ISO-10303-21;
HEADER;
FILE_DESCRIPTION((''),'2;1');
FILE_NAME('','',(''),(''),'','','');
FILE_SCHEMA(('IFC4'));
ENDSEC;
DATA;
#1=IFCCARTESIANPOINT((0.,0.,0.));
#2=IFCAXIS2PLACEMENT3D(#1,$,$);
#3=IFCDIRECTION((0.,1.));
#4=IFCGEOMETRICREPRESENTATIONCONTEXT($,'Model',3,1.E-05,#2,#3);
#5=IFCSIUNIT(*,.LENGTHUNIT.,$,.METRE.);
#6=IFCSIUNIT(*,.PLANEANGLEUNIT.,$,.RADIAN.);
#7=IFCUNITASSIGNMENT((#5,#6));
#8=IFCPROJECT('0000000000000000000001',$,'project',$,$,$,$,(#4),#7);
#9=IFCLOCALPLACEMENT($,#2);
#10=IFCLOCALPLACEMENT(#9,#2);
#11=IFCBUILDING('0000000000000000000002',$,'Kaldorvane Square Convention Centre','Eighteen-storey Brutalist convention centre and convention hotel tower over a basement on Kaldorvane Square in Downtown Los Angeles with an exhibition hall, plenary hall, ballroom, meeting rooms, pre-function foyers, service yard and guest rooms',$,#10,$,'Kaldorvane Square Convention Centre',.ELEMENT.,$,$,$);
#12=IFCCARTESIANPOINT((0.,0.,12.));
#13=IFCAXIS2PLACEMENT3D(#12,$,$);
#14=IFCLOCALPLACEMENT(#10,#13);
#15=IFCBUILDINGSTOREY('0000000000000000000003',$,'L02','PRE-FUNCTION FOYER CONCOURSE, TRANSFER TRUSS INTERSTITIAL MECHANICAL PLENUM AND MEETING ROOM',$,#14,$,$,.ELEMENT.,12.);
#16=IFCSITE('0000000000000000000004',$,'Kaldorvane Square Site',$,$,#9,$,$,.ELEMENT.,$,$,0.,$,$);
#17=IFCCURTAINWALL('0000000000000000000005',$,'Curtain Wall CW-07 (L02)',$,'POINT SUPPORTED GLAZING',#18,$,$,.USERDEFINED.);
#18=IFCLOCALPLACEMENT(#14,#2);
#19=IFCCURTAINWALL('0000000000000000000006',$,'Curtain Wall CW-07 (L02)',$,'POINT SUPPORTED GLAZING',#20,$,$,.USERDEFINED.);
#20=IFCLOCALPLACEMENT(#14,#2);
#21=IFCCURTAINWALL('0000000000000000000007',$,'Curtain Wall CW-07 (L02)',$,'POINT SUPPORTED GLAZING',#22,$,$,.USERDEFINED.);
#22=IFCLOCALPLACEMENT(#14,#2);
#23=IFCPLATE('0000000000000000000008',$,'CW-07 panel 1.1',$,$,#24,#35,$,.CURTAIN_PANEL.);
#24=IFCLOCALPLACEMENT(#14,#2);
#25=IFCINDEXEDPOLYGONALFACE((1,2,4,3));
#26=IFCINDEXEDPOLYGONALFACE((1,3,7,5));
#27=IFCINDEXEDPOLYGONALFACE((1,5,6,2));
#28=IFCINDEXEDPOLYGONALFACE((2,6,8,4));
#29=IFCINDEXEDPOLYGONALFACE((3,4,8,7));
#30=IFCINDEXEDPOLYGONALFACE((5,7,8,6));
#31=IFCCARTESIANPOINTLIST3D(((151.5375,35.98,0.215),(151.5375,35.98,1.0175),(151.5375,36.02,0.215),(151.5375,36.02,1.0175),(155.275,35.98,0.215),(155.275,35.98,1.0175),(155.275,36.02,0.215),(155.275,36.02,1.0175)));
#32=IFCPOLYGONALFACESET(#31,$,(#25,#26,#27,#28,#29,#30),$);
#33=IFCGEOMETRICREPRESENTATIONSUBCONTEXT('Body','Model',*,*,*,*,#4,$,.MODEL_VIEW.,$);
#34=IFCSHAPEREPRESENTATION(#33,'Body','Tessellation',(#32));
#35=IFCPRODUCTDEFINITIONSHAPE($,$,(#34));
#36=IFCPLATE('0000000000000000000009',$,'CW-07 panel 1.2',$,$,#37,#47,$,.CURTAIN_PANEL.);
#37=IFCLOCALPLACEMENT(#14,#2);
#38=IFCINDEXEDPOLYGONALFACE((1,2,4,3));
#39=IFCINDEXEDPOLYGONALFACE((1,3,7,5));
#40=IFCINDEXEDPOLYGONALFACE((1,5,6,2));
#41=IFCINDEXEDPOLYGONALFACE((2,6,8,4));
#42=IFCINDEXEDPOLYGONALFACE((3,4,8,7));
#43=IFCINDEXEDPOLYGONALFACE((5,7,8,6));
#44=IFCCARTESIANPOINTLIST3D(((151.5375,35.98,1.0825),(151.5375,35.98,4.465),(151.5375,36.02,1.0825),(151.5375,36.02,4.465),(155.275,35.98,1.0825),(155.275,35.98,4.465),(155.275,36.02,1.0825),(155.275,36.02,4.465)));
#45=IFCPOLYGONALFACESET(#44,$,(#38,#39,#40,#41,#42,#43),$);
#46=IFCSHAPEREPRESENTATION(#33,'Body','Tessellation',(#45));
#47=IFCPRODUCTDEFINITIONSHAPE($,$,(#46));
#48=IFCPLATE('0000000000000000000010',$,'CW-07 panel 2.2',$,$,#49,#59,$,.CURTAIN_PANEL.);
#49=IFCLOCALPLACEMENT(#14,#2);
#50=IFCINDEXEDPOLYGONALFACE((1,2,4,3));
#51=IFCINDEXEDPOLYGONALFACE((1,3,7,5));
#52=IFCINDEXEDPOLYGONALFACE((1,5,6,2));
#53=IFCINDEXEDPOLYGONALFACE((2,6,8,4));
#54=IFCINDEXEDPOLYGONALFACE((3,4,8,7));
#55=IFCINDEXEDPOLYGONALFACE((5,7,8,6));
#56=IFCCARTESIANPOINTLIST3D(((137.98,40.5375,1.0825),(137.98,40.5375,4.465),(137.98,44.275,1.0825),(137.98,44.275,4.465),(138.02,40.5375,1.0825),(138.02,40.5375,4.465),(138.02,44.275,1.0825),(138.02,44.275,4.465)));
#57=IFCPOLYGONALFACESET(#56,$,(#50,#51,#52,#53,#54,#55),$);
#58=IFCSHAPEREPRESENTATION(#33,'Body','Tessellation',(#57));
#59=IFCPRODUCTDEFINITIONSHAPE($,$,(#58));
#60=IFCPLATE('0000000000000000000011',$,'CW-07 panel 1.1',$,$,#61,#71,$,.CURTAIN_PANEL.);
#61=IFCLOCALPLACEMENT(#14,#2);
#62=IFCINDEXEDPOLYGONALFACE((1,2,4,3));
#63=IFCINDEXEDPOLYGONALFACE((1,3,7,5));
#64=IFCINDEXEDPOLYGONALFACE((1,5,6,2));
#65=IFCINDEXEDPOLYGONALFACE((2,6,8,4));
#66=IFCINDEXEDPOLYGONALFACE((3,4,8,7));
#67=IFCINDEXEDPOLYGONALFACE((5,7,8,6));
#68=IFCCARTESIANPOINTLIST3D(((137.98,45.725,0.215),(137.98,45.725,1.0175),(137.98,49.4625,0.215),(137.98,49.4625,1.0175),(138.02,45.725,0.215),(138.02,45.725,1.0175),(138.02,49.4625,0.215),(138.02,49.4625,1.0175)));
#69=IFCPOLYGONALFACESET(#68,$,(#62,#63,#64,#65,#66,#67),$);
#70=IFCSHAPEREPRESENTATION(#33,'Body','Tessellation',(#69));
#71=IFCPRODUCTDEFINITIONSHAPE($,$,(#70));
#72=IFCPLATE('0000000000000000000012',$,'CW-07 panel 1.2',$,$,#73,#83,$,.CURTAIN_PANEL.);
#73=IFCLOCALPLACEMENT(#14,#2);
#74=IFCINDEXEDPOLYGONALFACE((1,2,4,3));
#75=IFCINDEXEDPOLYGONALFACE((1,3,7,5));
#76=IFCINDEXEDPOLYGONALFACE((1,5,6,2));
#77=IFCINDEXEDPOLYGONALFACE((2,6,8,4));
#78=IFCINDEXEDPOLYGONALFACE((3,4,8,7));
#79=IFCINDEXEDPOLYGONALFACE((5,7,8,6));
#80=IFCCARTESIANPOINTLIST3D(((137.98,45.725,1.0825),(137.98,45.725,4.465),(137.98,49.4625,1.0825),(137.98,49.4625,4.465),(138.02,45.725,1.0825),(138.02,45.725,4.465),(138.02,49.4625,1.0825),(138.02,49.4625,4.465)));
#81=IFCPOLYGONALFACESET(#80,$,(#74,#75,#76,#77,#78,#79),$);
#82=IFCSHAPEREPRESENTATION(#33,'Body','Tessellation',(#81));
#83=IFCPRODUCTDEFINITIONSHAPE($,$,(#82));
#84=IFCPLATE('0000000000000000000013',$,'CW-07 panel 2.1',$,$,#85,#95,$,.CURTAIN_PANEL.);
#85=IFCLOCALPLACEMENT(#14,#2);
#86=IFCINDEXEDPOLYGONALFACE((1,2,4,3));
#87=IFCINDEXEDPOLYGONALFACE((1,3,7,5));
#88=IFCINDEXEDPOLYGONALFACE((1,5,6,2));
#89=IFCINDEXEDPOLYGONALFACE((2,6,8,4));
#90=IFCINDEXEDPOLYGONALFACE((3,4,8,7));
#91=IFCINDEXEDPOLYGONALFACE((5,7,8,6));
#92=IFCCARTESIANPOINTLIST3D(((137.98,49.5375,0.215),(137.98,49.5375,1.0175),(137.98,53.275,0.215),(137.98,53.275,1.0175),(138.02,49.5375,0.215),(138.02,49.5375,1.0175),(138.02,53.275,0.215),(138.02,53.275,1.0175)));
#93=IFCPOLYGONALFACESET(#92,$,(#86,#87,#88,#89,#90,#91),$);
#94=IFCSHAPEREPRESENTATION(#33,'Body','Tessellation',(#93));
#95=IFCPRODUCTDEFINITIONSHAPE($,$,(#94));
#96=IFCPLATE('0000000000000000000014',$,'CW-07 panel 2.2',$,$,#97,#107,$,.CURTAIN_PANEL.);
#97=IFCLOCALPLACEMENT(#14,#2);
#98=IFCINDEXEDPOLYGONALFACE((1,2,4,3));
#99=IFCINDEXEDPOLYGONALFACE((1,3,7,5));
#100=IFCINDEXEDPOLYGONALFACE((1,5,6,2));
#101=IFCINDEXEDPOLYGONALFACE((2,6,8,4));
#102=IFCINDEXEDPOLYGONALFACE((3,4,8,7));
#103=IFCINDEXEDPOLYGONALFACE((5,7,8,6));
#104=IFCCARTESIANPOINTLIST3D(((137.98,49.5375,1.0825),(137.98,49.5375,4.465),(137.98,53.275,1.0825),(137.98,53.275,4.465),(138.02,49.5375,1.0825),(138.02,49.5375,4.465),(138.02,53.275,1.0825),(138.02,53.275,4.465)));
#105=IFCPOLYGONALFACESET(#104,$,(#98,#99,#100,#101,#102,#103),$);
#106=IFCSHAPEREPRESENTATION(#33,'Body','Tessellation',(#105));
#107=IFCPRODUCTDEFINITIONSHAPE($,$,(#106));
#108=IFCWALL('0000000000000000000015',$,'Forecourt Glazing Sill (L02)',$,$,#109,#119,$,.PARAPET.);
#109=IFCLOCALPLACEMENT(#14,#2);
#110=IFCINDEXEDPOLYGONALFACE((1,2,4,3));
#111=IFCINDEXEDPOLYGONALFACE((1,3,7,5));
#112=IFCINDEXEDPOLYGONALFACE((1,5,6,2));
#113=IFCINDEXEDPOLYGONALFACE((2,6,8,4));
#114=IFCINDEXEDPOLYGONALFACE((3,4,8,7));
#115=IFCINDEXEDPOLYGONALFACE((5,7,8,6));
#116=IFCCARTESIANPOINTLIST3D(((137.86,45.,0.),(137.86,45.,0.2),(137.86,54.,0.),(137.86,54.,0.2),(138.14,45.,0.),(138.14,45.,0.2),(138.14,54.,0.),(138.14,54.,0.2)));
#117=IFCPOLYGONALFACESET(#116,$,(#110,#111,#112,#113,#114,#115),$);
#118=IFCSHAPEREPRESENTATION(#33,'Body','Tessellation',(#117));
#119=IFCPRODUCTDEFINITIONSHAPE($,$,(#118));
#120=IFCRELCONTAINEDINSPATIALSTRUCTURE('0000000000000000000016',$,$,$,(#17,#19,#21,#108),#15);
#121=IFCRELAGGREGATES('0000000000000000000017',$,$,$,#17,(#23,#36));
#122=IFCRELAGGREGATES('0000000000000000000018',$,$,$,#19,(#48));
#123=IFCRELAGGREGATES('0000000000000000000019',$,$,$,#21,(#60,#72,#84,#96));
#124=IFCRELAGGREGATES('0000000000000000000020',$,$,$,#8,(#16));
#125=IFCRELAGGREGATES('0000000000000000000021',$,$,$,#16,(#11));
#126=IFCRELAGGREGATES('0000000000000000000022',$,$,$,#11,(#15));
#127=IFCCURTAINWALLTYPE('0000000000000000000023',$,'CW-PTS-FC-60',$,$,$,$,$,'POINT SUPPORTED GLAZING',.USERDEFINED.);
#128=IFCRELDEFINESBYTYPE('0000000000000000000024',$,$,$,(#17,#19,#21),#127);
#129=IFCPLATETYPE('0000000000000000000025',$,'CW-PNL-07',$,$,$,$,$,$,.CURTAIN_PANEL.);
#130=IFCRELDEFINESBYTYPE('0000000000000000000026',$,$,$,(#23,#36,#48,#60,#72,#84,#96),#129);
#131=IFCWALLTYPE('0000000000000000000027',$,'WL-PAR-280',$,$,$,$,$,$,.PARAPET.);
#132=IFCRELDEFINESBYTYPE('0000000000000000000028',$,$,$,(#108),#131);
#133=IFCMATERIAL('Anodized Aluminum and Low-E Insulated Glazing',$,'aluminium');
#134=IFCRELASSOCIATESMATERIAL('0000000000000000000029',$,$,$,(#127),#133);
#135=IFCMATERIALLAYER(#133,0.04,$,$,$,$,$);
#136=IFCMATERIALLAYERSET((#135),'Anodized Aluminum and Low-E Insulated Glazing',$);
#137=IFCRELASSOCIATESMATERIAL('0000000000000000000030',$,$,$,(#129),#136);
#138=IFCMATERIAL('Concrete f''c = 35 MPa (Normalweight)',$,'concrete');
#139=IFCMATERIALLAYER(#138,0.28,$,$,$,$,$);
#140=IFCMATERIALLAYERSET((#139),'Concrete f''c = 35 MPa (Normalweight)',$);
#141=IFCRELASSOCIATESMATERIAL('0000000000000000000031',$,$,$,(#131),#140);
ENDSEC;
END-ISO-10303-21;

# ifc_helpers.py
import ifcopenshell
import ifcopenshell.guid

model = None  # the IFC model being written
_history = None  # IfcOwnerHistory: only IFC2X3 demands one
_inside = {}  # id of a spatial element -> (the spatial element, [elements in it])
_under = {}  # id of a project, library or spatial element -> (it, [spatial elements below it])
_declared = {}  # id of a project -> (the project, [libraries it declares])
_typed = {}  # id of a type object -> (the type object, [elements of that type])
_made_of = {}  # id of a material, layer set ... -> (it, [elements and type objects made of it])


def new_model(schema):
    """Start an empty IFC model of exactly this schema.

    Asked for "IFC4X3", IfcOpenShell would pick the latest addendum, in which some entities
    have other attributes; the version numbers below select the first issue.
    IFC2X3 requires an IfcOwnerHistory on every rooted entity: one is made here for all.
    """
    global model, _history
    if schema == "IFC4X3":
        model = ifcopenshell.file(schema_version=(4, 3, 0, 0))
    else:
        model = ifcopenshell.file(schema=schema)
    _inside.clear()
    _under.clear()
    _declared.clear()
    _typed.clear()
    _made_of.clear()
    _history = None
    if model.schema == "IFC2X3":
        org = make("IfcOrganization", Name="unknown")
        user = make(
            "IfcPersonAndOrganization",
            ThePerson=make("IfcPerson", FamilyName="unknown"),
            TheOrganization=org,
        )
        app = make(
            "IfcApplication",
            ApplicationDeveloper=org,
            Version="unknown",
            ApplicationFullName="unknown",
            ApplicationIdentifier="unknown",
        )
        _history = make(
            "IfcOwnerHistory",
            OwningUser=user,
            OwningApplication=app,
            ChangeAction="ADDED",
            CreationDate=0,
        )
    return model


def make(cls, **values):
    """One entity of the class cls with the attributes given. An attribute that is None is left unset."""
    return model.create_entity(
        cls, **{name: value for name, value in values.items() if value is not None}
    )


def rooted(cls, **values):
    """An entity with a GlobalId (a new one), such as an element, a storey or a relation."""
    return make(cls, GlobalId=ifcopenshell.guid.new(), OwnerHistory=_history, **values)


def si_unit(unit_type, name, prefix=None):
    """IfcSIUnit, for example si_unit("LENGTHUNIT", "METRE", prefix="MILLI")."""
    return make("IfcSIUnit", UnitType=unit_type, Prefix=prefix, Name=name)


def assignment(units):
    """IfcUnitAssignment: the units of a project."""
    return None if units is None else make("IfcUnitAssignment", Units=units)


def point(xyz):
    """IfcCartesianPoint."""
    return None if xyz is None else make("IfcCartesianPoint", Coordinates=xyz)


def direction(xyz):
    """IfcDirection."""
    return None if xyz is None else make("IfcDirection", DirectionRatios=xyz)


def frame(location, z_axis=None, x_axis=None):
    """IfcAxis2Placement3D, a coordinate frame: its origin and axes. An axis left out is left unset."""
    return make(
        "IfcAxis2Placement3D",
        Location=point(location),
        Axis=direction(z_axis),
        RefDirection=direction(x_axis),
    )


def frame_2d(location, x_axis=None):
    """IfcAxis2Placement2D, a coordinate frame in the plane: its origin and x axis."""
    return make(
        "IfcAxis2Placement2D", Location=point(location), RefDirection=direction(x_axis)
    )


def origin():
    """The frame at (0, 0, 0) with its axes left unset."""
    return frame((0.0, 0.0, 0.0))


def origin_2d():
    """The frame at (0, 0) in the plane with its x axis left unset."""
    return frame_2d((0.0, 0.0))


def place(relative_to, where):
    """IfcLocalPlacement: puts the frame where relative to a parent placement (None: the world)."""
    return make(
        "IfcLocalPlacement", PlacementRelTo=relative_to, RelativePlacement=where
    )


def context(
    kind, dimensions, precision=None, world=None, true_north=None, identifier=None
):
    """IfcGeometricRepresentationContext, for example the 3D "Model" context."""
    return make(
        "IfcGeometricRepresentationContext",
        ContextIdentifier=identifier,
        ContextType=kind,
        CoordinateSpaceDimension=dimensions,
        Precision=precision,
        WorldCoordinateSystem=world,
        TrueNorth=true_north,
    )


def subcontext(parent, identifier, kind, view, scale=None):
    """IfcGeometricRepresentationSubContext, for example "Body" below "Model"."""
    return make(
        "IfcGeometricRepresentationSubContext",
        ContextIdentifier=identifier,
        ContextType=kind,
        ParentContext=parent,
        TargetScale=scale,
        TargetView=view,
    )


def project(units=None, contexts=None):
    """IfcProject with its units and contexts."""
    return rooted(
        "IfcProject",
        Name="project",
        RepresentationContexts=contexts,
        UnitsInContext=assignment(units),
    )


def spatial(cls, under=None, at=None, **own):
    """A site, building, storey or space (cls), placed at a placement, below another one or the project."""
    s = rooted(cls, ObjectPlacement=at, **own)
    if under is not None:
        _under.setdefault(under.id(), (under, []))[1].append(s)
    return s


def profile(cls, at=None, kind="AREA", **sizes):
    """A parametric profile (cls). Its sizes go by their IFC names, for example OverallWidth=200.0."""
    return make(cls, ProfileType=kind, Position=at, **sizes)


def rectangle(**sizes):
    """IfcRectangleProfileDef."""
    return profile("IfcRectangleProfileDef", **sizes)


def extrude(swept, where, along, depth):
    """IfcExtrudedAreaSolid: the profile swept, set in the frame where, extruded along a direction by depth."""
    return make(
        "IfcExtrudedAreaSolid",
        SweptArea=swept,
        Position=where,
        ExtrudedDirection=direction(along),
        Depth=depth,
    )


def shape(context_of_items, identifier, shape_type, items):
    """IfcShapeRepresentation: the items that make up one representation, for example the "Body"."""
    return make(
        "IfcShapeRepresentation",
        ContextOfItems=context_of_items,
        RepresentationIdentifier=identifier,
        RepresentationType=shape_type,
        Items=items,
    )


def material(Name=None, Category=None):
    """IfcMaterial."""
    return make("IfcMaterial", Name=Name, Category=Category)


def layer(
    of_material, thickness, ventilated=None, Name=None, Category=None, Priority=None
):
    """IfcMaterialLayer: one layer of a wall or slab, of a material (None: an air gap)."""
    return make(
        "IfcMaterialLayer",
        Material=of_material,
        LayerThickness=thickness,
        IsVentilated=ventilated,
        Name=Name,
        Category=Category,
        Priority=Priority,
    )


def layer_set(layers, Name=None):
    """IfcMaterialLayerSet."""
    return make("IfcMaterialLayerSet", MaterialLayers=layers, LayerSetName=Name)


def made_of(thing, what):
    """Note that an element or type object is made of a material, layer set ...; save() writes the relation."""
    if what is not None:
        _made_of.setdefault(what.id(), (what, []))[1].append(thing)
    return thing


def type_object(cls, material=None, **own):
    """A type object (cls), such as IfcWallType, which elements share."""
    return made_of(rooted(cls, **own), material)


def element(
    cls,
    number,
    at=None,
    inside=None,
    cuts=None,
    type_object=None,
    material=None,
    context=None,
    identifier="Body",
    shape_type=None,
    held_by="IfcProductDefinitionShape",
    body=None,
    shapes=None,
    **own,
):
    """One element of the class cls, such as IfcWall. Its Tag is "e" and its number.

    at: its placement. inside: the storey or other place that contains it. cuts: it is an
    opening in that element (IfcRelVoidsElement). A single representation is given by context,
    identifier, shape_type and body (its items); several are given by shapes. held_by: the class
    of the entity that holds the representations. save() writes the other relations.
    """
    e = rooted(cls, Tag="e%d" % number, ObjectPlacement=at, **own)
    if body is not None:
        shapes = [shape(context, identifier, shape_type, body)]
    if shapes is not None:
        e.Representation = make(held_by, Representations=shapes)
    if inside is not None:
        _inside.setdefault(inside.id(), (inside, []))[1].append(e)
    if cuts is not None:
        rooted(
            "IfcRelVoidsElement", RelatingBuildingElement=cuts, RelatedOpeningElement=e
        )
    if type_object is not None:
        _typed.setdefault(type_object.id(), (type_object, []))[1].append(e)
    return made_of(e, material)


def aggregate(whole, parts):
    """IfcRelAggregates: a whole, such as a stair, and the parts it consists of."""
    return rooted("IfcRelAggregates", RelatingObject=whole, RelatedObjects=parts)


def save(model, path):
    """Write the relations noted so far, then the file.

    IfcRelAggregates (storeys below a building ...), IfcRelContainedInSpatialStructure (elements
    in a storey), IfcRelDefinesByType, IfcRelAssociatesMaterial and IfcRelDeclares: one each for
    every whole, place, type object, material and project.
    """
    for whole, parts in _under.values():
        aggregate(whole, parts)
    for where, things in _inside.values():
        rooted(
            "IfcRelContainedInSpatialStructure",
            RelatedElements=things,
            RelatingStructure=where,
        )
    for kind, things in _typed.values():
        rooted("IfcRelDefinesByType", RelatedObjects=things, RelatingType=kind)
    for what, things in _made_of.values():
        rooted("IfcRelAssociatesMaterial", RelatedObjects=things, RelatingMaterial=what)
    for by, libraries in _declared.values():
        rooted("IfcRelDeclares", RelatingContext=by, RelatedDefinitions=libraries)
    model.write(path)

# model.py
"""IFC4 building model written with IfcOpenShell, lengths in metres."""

from ifc_helpers import new_model, si_unit, direction, frame, frame_2d, origin, origin_2d, place, context, subcontext, project, spatial, rectangle, extrude, material, layer, layer_set, type_object, element, aggregate, save


model = new_model("IFC4")

# Units and contexts
model_context = context("Model", 3, precision=1e-05, world=origin(), true_north=direction((0.0, 1.0)))
body_context = subcontext(model_context, "Body", "Model", "MODEL_VIEW")
ifc_project = project(units=[si_unit("LENGTHUNIT", "METRE"), si_unit("PLANEANGLEUNIT", "RADIAN")], contexts=[model_context])

# Site, building, storey
site_placement = place(None, origin())
site = spatial("IfcSite", under=ifc_project, at=site_placement, Name="Kaldorvane Square Site", CompositionType="ELEMENT", RefElevation=0.0)
building_placement = place(site_placement, origin())
building = spatial("IfcBuilding", under=site, at=building_placement, Name="Kaldorvane Square Convention Centre", Description="Eighteen-storey Brutalist convention centre and convention hotel tower over a basement on Kaldorvane Square in Downtown Los Angeles with an exhibition hall, plenary hall, ballroom, meeting rooms, pre-function foyers, service yard and guest rooms", LongName="Kaldorvane Square Convention Centre", CompositionType="ELEMENT")
storey_placement = place(building_placement, frame((0.0, 0.0, 12.0)))
storey = spatial("IfcBuildingStorey", under=building, at=storey_placement, Name="L02", Description="PRE-FUNCTION FOYER CONCOURSE, TRANSFER TRUSS INTERSTITIAL MECHANICAL PLENUM AND MEETING ROOM", CompositionType="ELEMENT", Elevation=12.0)

# Curtain wall
ifc_material_1 = material(Name="Anodized Aluminum and Low-E Insulated Glazing", Category="aluminium")
curtain_wall_type = type_object("IfcCurtainWallType", Name="CW-PTS-FC-60", ElementType="POINT SUPPORTED GLAZING", PredefinedType="USERDEFINED", material=ifc_material_1)
curtain_wall_1_placement = place(storey_placement, origin())
curtain_wall_1 = element("IfcCurtainWall", 1, at=curtain_wall_1_placement, inside=storey, type_object=curtain_wall_type, Name="Curtain Wall CW-07 (L02)", ObjectType="POINT SUPPORTED GLAZING", PredefinedType="USERDEFINED")

# Curtain wall
curtain_wall_2_placement = place(storey_placement, origin())
curtain_wall_2 = element("IfcCurtainWall", 2, at=curtain_wall_2_placement, inside=storey, type_object=curtain_wall_type, Name="Curtain Wall CW-07 (L02)", ObjectType="POINT SUPPORTED GLAZING", PredefinedType="USERDEFINED")

# Curtain wall
curtain_wall_3_placement = place(storey_placement, origin())
curtain_wall_3 = element("IfcCurtainWall", 3, at=curtain_wall_3_placement, inside=storey, type_object=curtain_wall_type, Name="Curtain Wall CW-07 (L02)", ObjectType="POINT SUPPORTED GLAZING", PredefinedType="USERDEFINED")

# Plates
ifc_layer_1 = layer(ifc_material_1, 0.04)
ifc_layer_set_1 = layer_set([ifc_layer_1], Name="Anodized Aluminum and Low-E Insulated Glazing")
plate_type = type_object("IfcPlateType", Name="CW-PNL-07", PredefinedType="CURTAIN_PANEL", material=ifc_layer_set_1)
plate_1_placement = place(storey_placement, frame((153.4062, 36.0, 0.215), z_axis=(0.0, 0.0, 1.0), x_axis=(-1.0, 0.0, 0.0)))
plate_1 = element("IfcPlate", 4, at=plate_1_placement, type_object=plate_type, Name="CW-07 panel 1.1", PredefinedType="CURTAIN_PANEL", context=body_context, shape_type="SweptSolid", body=[
    extrude(rectangle(XDim=3.7375, YDim=0.04, at=origin_2d()), origin(), (0.0, 0.0, 1.0), 0.8025),
])
plate_2_placement = place(storey_placement, frame((153.4062, 36.0, 1.0825), z_axis=(0.0, 0.0, 1.0), x_axis=(-1.0, 0.0, 0.0)))
plate_2 = element("IfcPlate", 5, at=plate_2_placement, type_object=plate_type, Name="CW-07 panel 1.2", PredefinedType="CURTAIN_PANEL", context=body_context, shape_type="SweptSolid", body=[
    extrude(rectangle(XDim=3.7375, YDim=0.04, at=origin_2d()), origin(), (0.0, 0.0, 1.0), 3.3825),
])
aggregate(curtain_wall_1, [plate_1, plate_2])
plate_3_placement = place(storey_placement, frame((138.0, 42.4062, 1.0825), z_axis=(0.0, 0.0, 1.0), x_axis=(0.0, 1.0, 0.0)))
plate_3 = element("IfcPlate", 6, at=plate_3_placement, type_object=plate_type, Name="CW-07 panel 2.2", PredefinedType="CURTAIN_PANEL", context=body_context, shape_type="SweptSolid", body=[
    extrude(rectangle(XDim=3.7375, YDim=0.04, at=origin_2d()), origin(), (0.0, 0.0, 1.0), 3.3825),
])
aggregate(curtain_wall_2, [plate_3])
plate_4_placement = place(storey_placement, frame((138.0, 47.5938, 0.215), z_axis=(0.0, 0.0, 1.0), x_axis=(0.0, 1.0, 0.0)))
plate_4 = element("IfcPlate", 7, at=plate_4_placement, type_object=plate_type, Name="CW-07 panel 1.1", PredefinedType="CURTAIN_PANEL", context=body_context, shape_type="SweptSolid", body=[
    extrude(rectangle(XDim=3.7375, YDim=0.04, at=origin_2d()), origin(), (0.0, 0.0, 1.0), 0.8025),
])
plate_5_placement = place(storey_placement, frame((138.0, 47.5938, 1.0825), z_axis=(0.0, 0.0, 1.0), x_axis=(0.0, 1.0, 0.0)))
plate_5 = element("IfcPlate", 8, at=plate_5_placement, type_object=plate_type, Name="CW-07 panel 1.2", PredefinedType="CURTAIN_PANEL", context=body_context, shape_type="SweptSolid", body=[
    extrude(rectangle(XDim=3.7375, YDim=0.04, at=origin_2d()), origin(), (0.0, 0.0, 1.0), 3.3825),
])
plate_6_placement = place(storey_placement, frame((138.0, 51.4062, 0.215), z_axis=(0.0, 0.0, 1.0), x_axis=(0.0, 1.0, 0.0)))
plate_6 = element("IfcPlate", 9, at=plate_6_placement, type_object=plate_type, Name="CW-07 panel 2.1", PredefinedType="CURTAIN_PANEL", context=body_context, shape_type="SweptSolid", body=[
    extrude(rectangle(XDim=3.7375, YDim=0.04, at=origin_2d()), origin(), (0.0, 0.0, 1.0), 0.8025),
])
plate_7_placement = place(storey_placement, frame((138.0, 51.4062, 1.0825), z_axis=(0.0, 0.0, 1.0), x_axis=(0.0, 1.0, 0.0)))
plate_7 = element("IfcPlate", 10, at=plate_7_placement, type_object=plate_type, Name="CW-07 panel 2.2", PredefinedType="CURTAIN_PANEL", context=body_context, shape_type="SweptSolid", body=[
    extrude(rectangle(XDim=3.7375, YDim=0.04, at=origin_2d()), origin(), (0.0, 0.0, 1.0), 3.3825),
])
aggregate(curtain_wall_3, [plate_4, plate_5, plate_6, plate_7])

# Wall
ifc_material_2 = material(Name="Concrete f'c = 35 MPa (Normalweight)", Category="concrete")
ifc_layer_2 = layer(ifc_material_2, 0.28)
ifc_layer_set_2 = layer_set([ifc_layer_2], Name="Concrete f'c = 35 MPa (Normalweight)")
wall_type = type_object("IfcWallType", Name="WL-PAR-280", PredefinedType="PARAPET", material=ifc_layer_set_2)
wall_placement = place(storey_placement, frame((138.0, 45.0, 0.0), z_axis=(0.0, 0.0, 1.0), x_axis=(0.0, 1.0, 0.0)))
element("IfcWall", 11, at=wall_placement, inside=storey, type_object=wall_type, Name="Forecourt Glazing Sill (L02)", PredefinedType="PARAPET", context=body_context, shape_type="SweptSolid", body=[
    extrude(rectangle(XDim=9.0, YDim=0.28, at=frame_2d((4.5, 0.0))), origin(), (0.0, 0.0, 1.0), 0.2),
])

save(model, "model.ifc")
